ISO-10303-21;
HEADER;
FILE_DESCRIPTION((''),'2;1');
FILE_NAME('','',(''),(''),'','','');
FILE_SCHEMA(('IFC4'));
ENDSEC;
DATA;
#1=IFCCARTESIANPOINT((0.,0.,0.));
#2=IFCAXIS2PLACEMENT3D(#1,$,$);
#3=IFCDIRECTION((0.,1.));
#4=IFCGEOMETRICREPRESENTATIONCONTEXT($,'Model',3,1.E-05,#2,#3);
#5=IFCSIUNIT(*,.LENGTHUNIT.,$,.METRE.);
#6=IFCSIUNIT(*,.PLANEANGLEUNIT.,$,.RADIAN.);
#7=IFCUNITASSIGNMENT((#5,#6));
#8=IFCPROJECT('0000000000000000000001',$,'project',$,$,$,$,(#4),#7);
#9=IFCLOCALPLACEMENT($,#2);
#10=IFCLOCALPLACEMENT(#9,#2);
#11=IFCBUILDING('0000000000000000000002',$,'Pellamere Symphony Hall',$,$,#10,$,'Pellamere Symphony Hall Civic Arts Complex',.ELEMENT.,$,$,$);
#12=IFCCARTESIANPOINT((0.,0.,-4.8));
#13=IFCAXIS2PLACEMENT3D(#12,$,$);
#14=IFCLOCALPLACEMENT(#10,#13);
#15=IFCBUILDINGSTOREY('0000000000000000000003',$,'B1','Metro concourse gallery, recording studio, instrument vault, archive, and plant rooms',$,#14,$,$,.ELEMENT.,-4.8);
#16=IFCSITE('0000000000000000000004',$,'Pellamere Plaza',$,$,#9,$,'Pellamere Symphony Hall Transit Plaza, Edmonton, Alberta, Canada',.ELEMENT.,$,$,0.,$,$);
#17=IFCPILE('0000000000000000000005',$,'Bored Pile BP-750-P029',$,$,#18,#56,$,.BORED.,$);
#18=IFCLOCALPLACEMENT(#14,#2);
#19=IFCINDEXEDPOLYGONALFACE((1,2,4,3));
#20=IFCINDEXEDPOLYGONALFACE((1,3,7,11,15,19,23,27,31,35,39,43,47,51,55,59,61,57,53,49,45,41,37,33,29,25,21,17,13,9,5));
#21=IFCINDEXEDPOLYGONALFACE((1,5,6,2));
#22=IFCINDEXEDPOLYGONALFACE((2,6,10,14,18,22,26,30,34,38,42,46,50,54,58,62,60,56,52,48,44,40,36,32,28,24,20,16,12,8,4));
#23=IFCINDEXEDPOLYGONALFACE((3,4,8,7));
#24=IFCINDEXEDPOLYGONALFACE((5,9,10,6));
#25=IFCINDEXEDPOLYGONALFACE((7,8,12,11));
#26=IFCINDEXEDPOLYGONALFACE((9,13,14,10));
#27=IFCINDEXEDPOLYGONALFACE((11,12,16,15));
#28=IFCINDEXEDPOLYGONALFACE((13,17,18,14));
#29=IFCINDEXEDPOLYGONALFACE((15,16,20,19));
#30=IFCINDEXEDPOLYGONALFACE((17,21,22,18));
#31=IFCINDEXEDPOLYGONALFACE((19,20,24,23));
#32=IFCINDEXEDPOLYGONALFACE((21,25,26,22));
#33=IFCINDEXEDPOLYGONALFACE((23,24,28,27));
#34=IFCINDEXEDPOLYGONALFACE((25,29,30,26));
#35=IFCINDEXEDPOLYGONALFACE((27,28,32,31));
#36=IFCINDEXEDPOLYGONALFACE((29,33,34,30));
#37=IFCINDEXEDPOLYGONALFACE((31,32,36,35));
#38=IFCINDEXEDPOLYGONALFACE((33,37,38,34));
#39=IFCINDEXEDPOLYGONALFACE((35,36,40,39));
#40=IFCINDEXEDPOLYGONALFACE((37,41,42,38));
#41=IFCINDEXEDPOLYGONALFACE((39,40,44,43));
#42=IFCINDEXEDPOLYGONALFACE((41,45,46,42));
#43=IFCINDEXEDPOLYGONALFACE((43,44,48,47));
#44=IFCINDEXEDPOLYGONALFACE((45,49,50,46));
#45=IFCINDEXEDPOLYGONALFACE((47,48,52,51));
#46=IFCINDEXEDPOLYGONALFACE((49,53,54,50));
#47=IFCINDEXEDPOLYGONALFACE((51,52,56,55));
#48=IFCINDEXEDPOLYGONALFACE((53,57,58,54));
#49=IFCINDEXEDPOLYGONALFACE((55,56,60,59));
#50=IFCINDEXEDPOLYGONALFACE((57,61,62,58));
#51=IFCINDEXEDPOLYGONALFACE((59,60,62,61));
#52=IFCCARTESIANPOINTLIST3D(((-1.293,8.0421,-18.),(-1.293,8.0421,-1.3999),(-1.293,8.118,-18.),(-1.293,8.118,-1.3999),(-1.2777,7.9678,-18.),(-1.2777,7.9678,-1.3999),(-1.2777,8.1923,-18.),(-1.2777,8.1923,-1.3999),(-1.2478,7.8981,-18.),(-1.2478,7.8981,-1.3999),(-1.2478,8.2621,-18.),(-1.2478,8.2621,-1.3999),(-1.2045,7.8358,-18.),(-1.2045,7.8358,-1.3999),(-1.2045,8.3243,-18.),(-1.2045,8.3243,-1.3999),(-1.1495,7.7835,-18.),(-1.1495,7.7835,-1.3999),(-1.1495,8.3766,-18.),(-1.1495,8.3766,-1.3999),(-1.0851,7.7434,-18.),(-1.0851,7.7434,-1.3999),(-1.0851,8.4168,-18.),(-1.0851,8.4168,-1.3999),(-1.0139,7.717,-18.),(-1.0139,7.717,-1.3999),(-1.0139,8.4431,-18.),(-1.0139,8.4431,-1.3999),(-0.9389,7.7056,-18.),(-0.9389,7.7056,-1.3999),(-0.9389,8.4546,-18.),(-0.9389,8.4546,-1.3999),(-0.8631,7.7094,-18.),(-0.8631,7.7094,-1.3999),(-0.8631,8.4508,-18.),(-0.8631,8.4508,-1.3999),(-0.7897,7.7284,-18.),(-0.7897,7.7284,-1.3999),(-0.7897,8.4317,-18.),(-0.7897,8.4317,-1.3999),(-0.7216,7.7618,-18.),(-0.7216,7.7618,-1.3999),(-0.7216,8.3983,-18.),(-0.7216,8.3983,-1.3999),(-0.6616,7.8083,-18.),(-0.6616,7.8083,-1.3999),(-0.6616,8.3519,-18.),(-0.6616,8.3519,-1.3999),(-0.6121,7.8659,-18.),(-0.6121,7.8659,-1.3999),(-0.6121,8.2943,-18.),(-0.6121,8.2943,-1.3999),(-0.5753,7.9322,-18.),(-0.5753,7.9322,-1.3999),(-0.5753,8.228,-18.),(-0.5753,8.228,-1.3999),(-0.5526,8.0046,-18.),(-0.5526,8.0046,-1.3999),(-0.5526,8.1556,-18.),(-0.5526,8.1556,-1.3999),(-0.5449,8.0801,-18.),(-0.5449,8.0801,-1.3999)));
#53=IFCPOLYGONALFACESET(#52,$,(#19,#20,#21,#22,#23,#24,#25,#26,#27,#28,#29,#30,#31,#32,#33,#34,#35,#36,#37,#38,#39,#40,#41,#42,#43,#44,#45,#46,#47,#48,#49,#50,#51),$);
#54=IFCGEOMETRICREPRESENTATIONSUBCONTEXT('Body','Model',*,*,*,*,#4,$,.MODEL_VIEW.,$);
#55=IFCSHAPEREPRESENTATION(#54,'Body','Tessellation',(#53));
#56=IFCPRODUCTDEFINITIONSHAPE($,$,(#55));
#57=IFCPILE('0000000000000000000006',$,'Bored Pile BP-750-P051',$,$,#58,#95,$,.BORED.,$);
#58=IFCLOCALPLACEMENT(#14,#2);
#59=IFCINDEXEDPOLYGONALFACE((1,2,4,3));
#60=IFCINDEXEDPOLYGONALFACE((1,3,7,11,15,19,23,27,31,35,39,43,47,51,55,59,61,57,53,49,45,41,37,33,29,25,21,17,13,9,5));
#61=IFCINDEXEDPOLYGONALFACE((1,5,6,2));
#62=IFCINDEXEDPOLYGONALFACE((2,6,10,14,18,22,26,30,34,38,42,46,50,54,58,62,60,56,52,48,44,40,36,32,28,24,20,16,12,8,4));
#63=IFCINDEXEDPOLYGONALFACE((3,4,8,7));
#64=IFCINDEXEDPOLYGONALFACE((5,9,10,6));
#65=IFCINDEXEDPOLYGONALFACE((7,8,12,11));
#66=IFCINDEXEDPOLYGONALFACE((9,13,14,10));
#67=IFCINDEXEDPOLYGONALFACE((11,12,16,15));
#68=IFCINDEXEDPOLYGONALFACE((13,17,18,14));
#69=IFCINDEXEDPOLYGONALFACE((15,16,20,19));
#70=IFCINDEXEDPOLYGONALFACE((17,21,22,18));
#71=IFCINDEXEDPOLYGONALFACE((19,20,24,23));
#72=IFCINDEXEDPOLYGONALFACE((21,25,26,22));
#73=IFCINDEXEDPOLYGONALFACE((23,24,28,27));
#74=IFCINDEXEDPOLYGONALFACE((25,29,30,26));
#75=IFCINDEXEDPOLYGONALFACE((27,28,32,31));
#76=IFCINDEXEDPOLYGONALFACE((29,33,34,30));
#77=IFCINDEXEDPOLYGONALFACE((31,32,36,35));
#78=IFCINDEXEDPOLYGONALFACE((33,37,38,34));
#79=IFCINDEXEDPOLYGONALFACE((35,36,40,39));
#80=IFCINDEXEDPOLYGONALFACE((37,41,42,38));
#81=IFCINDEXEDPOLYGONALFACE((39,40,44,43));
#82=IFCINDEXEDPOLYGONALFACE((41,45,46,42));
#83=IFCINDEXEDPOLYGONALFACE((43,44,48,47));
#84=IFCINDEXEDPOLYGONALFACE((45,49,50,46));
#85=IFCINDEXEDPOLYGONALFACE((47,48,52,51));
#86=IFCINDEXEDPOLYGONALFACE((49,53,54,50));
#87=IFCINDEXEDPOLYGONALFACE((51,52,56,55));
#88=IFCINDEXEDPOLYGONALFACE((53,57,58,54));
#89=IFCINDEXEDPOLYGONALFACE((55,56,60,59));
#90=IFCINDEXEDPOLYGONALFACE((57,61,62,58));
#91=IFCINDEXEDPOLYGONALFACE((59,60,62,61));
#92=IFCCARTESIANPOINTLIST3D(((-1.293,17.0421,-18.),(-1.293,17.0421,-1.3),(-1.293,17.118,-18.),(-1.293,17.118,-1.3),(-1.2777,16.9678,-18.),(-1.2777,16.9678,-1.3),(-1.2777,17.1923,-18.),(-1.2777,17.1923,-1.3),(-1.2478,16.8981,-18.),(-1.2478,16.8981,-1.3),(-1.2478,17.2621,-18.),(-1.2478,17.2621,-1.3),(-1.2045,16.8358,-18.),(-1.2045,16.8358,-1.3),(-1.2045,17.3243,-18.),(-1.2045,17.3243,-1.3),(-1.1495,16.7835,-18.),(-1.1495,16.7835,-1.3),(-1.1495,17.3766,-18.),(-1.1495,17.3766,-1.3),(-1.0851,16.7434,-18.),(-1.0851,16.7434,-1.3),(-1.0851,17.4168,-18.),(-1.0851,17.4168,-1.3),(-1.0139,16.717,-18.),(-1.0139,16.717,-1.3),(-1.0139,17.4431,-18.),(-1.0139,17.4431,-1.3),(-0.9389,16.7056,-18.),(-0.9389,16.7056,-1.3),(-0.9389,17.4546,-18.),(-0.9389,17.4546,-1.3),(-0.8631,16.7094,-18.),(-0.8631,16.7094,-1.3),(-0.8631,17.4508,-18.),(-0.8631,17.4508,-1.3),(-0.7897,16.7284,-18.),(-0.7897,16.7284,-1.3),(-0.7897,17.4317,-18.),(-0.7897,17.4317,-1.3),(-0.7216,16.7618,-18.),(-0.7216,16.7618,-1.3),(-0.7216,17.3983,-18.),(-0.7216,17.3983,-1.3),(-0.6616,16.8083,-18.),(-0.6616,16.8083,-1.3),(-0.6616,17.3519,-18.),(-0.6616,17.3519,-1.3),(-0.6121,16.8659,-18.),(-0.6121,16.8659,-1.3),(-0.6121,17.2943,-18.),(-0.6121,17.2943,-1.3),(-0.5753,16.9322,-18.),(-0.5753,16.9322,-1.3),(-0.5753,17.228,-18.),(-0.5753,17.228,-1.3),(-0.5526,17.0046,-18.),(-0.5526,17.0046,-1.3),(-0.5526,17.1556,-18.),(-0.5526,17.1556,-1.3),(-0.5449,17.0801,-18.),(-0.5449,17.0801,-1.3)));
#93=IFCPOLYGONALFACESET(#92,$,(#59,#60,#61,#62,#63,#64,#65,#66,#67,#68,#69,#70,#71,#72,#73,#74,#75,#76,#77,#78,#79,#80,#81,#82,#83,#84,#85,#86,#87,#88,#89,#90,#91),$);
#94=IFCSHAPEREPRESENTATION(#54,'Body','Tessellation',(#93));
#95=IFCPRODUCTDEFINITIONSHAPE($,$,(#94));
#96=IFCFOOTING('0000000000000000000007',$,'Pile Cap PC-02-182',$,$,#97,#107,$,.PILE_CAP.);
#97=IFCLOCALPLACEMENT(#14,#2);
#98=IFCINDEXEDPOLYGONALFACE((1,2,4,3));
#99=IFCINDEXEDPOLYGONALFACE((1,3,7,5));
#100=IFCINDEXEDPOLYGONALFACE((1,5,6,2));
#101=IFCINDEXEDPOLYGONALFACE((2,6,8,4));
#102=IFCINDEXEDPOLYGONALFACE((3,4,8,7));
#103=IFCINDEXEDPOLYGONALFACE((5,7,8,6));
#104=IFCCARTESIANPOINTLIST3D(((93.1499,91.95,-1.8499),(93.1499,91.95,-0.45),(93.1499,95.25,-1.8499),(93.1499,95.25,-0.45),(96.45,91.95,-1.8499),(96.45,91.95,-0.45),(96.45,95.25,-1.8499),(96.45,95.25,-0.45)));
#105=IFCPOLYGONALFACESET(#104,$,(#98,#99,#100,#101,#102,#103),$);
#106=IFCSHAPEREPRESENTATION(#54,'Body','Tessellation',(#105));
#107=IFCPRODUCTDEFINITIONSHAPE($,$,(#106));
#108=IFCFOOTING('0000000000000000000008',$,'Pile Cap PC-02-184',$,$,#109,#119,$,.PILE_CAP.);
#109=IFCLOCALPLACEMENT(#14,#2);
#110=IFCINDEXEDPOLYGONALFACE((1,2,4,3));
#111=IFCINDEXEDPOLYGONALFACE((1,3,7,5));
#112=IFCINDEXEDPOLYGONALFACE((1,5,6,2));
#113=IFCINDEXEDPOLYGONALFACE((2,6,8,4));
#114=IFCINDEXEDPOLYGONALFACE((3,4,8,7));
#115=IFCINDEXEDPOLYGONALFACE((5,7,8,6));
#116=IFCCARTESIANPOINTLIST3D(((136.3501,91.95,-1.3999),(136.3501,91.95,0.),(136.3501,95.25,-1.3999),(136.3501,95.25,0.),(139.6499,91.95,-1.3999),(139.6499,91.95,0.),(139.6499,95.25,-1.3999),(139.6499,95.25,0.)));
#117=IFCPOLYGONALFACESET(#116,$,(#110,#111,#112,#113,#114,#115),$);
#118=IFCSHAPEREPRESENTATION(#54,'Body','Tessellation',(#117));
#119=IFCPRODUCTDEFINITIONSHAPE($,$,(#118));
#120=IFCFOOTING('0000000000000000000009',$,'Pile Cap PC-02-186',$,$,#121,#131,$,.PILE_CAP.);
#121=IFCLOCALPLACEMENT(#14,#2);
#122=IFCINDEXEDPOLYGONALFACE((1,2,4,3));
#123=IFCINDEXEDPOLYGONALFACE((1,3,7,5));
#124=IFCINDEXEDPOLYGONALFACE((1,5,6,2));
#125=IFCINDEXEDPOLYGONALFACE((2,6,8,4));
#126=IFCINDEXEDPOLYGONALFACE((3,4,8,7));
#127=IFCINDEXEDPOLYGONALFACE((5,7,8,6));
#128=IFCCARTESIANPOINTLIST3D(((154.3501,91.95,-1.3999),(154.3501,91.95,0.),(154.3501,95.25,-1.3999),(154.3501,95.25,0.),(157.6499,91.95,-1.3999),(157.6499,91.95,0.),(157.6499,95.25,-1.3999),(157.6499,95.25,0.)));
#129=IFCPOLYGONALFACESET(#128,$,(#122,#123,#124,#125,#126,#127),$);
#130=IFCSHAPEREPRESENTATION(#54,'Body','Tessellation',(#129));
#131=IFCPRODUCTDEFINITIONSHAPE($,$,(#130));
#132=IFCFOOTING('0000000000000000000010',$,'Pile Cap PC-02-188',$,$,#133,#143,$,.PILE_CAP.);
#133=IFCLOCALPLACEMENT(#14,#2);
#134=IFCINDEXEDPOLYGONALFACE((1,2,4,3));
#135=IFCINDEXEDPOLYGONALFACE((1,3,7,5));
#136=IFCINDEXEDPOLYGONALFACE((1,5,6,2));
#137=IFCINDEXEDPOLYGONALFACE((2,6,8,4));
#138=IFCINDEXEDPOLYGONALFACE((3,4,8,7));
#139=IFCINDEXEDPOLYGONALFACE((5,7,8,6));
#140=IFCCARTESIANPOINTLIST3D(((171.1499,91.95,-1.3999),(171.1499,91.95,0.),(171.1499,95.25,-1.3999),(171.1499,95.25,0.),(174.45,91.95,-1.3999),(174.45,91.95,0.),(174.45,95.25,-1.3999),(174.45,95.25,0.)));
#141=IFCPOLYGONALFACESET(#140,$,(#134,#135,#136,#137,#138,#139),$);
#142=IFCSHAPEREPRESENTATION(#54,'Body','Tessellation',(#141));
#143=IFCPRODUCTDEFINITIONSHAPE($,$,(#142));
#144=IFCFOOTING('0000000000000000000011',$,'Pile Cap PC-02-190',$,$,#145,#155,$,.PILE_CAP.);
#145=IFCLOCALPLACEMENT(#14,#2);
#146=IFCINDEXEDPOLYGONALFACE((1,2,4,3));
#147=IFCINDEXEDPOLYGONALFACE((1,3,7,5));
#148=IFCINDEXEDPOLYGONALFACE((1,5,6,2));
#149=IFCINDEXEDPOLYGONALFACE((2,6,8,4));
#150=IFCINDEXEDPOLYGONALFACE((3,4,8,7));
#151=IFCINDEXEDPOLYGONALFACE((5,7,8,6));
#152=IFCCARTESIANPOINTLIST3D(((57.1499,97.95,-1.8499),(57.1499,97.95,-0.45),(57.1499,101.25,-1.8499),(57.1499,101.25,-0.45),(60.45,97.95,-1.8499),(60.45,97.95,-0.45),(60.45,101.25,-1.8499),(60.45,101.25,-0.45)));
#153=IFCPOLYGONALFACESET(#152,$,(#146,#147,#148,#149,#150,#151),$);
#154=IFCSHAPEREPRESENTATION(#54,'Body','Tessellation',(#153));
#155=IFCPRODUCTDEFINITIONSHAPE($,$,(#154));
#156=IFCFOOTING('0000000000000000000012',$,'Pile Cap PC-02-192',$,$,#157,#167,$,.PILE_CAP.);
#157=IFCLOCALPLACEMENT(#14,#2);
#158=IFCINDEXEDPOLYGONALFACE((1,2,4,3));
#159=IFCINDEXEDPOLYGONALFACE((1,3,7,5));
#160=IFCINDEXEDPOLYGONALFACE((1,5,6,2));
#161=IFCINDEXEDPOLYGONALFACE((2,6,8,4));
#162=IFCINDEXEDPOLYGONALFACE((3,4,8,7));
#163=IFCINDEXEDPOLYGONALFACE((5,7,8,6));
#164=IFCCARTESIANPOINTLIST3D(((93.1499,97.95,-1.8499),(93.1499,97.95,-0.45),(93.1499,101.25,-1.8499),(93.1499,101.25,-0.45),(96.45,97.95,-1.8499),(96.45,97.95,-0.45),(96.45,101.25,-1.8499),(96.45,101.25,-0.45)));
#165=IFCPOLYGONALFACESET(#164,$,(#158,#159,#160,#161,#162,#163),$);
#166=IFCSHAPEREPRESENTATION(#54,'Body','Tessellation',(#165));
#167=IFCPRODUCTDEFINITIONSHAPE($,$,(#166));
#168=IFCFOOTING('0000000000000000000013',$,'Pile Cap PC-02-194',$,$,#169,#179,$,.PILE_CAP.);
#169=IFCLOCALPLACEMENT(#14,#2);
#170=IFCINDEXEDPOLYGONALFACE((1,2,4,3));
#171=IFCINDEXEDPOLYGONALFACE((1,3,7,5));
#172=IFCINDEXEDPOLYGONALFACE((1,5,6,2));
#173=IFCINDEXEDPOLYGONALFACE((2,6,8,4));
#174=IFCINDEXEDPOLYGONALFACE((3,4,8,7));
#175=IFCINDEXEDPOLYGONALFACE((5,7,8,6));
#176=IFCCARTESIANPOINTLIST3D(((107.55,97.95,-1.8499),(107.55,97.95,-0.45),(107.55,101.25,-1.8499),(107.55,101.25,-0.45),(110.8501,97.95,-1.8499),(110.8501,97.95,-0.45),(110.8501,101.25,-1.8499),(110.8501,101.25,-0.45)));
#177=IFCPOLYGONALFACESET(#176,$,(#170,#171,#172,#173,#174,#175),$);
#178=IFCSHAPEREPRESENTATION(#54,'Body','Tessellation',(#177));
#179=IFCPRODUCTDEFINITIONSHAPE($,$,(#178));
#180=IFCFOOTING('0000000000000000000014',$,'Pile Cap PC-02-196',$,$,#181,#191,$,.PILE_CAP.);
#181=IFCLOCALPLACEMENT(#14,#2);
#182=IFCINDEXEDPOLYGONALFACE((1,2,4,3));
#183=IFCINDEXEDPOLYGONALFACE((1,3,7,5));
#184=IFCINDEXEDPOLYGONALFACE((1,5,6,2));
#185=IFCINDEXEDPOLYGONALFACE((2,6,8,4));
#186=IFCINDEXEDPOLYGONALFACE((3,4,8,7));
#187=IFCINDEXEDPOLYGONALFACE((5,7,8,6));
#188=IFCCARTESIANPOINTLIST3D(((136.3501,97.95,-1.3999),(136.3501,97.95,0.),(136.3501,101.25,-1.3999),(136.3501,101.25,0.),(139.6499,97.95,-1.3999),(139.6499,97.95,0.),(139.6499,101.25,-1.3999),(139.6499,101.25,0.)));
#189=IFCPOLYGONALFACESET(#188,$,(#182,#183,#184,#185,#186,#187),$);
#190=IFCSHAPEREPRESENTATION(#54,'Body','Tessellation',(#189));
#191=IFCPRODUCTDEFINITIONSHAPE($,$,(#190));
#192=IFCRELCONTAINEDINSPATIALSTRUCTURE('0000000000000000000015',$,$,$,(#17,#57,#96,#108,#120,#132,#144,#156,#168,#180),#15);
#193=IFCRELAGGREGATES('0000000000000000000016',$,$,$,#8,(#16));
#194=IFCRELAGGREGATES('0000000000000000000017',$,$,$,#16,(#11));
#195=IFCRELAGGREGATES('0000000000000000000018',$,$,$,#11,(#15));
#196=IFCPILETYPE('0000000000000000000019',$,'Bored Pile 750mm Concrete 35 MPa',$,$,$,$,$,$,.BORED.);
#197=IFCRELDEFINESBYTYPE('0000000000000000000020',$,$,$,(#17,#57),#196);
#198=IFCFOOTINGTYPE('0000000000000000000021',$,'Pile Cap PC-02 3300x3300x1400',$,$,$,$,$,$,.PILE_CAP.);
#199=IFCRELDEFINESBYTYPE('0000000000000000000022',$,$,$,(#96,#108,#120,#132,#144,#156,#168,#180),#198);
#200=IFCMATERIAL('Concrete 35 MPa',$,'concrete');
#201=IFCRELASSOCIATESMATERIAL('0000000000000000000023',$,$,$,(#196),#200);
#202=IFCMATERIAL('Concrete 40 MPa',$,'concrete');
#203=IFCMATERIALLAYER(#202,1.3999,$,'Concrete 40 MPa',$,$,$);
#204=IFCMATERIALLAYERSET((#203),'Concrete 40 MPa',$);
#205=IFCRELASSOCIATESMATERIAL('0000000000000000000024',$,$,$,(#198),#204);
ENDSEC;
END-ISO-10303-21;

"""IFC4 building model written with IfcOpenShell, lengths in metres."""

from ifc_helpers import new_model, si_unit, direction, frame, origin, origin_2d, place, context, subcontext, project, spatial, polyline, circle, outline, extrude, material, layer, layer_set, material_profile, profile_set, type_object, element, save


model = new_model("IFC4")

# Units and contexts
model_context = context("Model", 3, precision=1e-05, world=origin(), true_north=direction((0.0, 1.0)))
body_context = subcontext(model_context, "Body", "Model", "MODEL_VIEW")
ifc_project = project(units=[si_unit("LENGTHUNIT", "METRE"), si_unit("PLANEANGLEUNIT", "RADIAN")], contexts=[model_context])

# Site, building, storey
site_placement = place(None, origin())
site = spatial("IfcSite", under=ifc_project, at=site_placement, Name="Pellamere Plaza", LongName="Pellamere Symphony Hall Transit Plaza, Edmonton, Alberta, Canada", CompositionType="ELEMENT", RefElevation=0.0)
building_placement = place(site_placement, origin())
building = spatial("IfcBuilding", under=site, at=building_placement, Name="Pellamere Symphony Hall", LongName="Pellamere Symphony Hall Civic Arts Complex", CompositionType="ELEMENT")
storey_placement = place(building_placement, frame((0.0, 0.0, -4.8)))
storey = spatial("IfcBuildingStorey", under=building, at=storey_placement, Name="B1", Description="Metro concourse gallery, recording studio, instrument vault, archive, and plant rooms", CompositionType="ELEMENT", Elevation=-4.8)

# Piles
ifc_material_1 = material(Name="Concrete 35 MPa", Category="concrete")
ifc_material_profile = material_profile(ifc_material_1, circle(Radius=0.375, at=origin_2d()), Name="PILE D750")
ifc_profile_set = profile_set([ifc_material_profile], Name="Concrete 35 MPa")
pile_type = type_object("IfcPileType", Name="Bored Pile 750mm Concrete 35 MPa", PredefinedType="BORED", material=ifc_profile_set)
pile_1_placement = place(storey_placement, frame((-0.9199, 8.0801, -1.3999), z_axis=(0.0, 0.0, -1.0), x_axis=(1.0, 0.0, 0.0)))
element("IfcPile", 1, at=pile_1_placement, inside=storey, type_object=pile_type, Name="Bored Pile BP-750-P029", PredefinedType="BORED", context=body_context, shape_type="SweptSolid", body=[
    extrude(circle(Radius=0.375, at=origin_2d()), origin(), (0.0, 0.0, 1.0), 16.6001),
])
pile_2_placement = place(storey_placement, frame((-0.9199, 17.0801, -1.3), z_axis=(0.0, 0.0, -1.0), x_axis=(1.0, 0.0, 0.0)))
element("IfcPile", 2, at=pile_2_placement, inside=storey, type_object=pile_type, Name="Bored Pile BP-750-P051", PredefinedType="BORED", context=body_context, shape_type="SweptSolid", body=[
    extrude(circle(Radius=0.375, at=origin_2d()), origin(), (0.0, 0.0, 1.0), 16.7),
])

# Footings
ifc_material_2 = material(Name="Concrete 40 MPa", Category="concrete")
ifc_layer_1 = layer(ifc_material_2, 1.3999, Name="Concrete 40 MPa")
ifc_layer_set_1 = layer_set([ifc_layer_1], Name="Concrete 40 MPa")
footing_type_1 = type_object("IfcFootingType", Name="Pile Cap PC-02 3300x3300x1400", PredefinedType="PILE_CAP", material=ifc_layer_set_1)
footing_1_placement = place(storey_placement, frame((0.0, 0.0, -1.8499)))
element("IfcFooting", 3, at=footing_1_placement, inside=storey, type_object=footing_type_1, Name="Pile Cap PC-02-182", PredefinedType="PILE_CAP", context=body_context, shape_type="SweptSolid", body=[
    extrude(outline(polyline([(96.45, 91.95), (93.1499, 91.95), (93.1499, 95.25), (96.45, 95.25), (96.45, 91.95)])), origin(), (0.0, 0.0, 1.0), 1.3999),
])
footing_2_placement = place(storey_placement, frame((0.0, 0.0, -1.3999)))
element("IfcFooting", 4, at=footing_2_placement, inside=storey, type_object=footing_type_1, Name="Pile Cap PC-02-184", PredefinedType="PILE_CAP", context=body_context, shape_type="SweptSolid", body=[
    extrude(outline(polyline([(136.3501, 91.95), (136.3501, 95.25), (139.6499, 95.25), (139.6499, 91.95), (136.3501, 91.95)])), origin(), (0.0, 0.0, 1.0), 1.3999),
])
footing_3_placement = place(storey_placement, frame((0.0, 0.0, -1.3999)))
element("IfcFooting", 5, at=footing_3_placement, inside=storey, type_object=footing_type_1, Name="Pile Cap PC-02-186", PredefinedType="PILE_CAP", context=body_context, shape_type="SweptSolid", body=[
    extrude(outline(polyline([(154.3501, 91.95), (154.3501, 95.25), (157.6499, 95.25), (157.6499, 91.95), (154.3501, 91.95)])), origin(), (0.0, 0.0, 1.0), 1.3999),
])
footing_4_placement = place(storey_placement, frame((0.0, 0.0, -1.3999)))
element("IfcFooting", 6, at=footing_4_placement, inside=storey, type_object=footing_type_1, Name="Pile Cap PC-02-188", PredefinedType="PILE_CAP", context=body_context, shape_type="SweptSolid", body=[
    extrude(outline(polyline([(171.1499, 91.95), (171.1499, 95.25), (174.45, 95.25), (174.45, 91.95), (171.1499, 91.95)])), origin(), (0.0, 0.0, 1.0), 1.3999),
])
footing_5_placement = place(storey_placement, frame((0.0, 0.0, -1.8499)))
element("IfcFooting", 7, at=footing_5_placement, inside=storey, type_object=footing_type_1, Name="Pile Cap PC-02-190", PredefinedType="PILE_CAP", context=body_context, shape_type="SweptSolid", body=[
    extrude(outline(polyline([(60.45, 97.95), (57.1499, 97.95), (57.1499, 101.25), (60.45, 101.25), (60.45, 97.95)])), origin(), (0.0, 0.0, 1.0), 1.3999),
])
footing_6_placement = place(storey_placement, frame((0.0, 0.0, -1.8499)))
element("IfcFooting", 8, at=footing_6_placement, inside=storey, type_object=footing_type_1, Name="Pile Cap PC-02-192", PredefinedType="PILE_CAP", context=body_context, shape_type="SweptSolid", body=[
    extrude(outline(polyline([(96.45, 97.95), (93.1499, 97.95), (93.1499, 101.25), (96.45, 101.25), (96.45, 97.95)])), origin(), (0.0, 0.0, 1.0), 1.3999),
])
footing_7_placement = place(storey_placement, frame((0.0, 0.0, -1.8499)))
element("IfcFooting", 9, at=footing_7_placement, inside=storey, type_object=footing_type_1, Name="Pile Cap PC-02-194", PredefinedType="PILE_CAP", context=body_context, shape_type="SweptSolid", body=[
    extrude(outline(polyline([(110.8501, 97.95), (107.55, 97.95), (107.55, 101.25), (110.8501, 101.25), (110.8501, 97.95)])), origin(), (0.0, 0.0, 1.0), 1.3999),
])
footing_8_placement = place(storey_placement, frame((0.0, 0.0, -1.3999)))
element("IfcFooting", 10, at=footing_8_placement, inside=storey, type_object=footing_type_1, Name="Pile Cap PC-02-196", PredefinedType="PILE_CAP", context=body_context, shape_type="SweptSolid", body=[
    extrude(outline(polyline([(136.3501, 97.95), (136.3501, 101.25), (139.6499, 101.25), (139.6499, 97.95), (136.3501, 97.95)])), origin(), (0.0, 0.0, 1.0), 1.3999),
])

save(model, "model.ifc")
